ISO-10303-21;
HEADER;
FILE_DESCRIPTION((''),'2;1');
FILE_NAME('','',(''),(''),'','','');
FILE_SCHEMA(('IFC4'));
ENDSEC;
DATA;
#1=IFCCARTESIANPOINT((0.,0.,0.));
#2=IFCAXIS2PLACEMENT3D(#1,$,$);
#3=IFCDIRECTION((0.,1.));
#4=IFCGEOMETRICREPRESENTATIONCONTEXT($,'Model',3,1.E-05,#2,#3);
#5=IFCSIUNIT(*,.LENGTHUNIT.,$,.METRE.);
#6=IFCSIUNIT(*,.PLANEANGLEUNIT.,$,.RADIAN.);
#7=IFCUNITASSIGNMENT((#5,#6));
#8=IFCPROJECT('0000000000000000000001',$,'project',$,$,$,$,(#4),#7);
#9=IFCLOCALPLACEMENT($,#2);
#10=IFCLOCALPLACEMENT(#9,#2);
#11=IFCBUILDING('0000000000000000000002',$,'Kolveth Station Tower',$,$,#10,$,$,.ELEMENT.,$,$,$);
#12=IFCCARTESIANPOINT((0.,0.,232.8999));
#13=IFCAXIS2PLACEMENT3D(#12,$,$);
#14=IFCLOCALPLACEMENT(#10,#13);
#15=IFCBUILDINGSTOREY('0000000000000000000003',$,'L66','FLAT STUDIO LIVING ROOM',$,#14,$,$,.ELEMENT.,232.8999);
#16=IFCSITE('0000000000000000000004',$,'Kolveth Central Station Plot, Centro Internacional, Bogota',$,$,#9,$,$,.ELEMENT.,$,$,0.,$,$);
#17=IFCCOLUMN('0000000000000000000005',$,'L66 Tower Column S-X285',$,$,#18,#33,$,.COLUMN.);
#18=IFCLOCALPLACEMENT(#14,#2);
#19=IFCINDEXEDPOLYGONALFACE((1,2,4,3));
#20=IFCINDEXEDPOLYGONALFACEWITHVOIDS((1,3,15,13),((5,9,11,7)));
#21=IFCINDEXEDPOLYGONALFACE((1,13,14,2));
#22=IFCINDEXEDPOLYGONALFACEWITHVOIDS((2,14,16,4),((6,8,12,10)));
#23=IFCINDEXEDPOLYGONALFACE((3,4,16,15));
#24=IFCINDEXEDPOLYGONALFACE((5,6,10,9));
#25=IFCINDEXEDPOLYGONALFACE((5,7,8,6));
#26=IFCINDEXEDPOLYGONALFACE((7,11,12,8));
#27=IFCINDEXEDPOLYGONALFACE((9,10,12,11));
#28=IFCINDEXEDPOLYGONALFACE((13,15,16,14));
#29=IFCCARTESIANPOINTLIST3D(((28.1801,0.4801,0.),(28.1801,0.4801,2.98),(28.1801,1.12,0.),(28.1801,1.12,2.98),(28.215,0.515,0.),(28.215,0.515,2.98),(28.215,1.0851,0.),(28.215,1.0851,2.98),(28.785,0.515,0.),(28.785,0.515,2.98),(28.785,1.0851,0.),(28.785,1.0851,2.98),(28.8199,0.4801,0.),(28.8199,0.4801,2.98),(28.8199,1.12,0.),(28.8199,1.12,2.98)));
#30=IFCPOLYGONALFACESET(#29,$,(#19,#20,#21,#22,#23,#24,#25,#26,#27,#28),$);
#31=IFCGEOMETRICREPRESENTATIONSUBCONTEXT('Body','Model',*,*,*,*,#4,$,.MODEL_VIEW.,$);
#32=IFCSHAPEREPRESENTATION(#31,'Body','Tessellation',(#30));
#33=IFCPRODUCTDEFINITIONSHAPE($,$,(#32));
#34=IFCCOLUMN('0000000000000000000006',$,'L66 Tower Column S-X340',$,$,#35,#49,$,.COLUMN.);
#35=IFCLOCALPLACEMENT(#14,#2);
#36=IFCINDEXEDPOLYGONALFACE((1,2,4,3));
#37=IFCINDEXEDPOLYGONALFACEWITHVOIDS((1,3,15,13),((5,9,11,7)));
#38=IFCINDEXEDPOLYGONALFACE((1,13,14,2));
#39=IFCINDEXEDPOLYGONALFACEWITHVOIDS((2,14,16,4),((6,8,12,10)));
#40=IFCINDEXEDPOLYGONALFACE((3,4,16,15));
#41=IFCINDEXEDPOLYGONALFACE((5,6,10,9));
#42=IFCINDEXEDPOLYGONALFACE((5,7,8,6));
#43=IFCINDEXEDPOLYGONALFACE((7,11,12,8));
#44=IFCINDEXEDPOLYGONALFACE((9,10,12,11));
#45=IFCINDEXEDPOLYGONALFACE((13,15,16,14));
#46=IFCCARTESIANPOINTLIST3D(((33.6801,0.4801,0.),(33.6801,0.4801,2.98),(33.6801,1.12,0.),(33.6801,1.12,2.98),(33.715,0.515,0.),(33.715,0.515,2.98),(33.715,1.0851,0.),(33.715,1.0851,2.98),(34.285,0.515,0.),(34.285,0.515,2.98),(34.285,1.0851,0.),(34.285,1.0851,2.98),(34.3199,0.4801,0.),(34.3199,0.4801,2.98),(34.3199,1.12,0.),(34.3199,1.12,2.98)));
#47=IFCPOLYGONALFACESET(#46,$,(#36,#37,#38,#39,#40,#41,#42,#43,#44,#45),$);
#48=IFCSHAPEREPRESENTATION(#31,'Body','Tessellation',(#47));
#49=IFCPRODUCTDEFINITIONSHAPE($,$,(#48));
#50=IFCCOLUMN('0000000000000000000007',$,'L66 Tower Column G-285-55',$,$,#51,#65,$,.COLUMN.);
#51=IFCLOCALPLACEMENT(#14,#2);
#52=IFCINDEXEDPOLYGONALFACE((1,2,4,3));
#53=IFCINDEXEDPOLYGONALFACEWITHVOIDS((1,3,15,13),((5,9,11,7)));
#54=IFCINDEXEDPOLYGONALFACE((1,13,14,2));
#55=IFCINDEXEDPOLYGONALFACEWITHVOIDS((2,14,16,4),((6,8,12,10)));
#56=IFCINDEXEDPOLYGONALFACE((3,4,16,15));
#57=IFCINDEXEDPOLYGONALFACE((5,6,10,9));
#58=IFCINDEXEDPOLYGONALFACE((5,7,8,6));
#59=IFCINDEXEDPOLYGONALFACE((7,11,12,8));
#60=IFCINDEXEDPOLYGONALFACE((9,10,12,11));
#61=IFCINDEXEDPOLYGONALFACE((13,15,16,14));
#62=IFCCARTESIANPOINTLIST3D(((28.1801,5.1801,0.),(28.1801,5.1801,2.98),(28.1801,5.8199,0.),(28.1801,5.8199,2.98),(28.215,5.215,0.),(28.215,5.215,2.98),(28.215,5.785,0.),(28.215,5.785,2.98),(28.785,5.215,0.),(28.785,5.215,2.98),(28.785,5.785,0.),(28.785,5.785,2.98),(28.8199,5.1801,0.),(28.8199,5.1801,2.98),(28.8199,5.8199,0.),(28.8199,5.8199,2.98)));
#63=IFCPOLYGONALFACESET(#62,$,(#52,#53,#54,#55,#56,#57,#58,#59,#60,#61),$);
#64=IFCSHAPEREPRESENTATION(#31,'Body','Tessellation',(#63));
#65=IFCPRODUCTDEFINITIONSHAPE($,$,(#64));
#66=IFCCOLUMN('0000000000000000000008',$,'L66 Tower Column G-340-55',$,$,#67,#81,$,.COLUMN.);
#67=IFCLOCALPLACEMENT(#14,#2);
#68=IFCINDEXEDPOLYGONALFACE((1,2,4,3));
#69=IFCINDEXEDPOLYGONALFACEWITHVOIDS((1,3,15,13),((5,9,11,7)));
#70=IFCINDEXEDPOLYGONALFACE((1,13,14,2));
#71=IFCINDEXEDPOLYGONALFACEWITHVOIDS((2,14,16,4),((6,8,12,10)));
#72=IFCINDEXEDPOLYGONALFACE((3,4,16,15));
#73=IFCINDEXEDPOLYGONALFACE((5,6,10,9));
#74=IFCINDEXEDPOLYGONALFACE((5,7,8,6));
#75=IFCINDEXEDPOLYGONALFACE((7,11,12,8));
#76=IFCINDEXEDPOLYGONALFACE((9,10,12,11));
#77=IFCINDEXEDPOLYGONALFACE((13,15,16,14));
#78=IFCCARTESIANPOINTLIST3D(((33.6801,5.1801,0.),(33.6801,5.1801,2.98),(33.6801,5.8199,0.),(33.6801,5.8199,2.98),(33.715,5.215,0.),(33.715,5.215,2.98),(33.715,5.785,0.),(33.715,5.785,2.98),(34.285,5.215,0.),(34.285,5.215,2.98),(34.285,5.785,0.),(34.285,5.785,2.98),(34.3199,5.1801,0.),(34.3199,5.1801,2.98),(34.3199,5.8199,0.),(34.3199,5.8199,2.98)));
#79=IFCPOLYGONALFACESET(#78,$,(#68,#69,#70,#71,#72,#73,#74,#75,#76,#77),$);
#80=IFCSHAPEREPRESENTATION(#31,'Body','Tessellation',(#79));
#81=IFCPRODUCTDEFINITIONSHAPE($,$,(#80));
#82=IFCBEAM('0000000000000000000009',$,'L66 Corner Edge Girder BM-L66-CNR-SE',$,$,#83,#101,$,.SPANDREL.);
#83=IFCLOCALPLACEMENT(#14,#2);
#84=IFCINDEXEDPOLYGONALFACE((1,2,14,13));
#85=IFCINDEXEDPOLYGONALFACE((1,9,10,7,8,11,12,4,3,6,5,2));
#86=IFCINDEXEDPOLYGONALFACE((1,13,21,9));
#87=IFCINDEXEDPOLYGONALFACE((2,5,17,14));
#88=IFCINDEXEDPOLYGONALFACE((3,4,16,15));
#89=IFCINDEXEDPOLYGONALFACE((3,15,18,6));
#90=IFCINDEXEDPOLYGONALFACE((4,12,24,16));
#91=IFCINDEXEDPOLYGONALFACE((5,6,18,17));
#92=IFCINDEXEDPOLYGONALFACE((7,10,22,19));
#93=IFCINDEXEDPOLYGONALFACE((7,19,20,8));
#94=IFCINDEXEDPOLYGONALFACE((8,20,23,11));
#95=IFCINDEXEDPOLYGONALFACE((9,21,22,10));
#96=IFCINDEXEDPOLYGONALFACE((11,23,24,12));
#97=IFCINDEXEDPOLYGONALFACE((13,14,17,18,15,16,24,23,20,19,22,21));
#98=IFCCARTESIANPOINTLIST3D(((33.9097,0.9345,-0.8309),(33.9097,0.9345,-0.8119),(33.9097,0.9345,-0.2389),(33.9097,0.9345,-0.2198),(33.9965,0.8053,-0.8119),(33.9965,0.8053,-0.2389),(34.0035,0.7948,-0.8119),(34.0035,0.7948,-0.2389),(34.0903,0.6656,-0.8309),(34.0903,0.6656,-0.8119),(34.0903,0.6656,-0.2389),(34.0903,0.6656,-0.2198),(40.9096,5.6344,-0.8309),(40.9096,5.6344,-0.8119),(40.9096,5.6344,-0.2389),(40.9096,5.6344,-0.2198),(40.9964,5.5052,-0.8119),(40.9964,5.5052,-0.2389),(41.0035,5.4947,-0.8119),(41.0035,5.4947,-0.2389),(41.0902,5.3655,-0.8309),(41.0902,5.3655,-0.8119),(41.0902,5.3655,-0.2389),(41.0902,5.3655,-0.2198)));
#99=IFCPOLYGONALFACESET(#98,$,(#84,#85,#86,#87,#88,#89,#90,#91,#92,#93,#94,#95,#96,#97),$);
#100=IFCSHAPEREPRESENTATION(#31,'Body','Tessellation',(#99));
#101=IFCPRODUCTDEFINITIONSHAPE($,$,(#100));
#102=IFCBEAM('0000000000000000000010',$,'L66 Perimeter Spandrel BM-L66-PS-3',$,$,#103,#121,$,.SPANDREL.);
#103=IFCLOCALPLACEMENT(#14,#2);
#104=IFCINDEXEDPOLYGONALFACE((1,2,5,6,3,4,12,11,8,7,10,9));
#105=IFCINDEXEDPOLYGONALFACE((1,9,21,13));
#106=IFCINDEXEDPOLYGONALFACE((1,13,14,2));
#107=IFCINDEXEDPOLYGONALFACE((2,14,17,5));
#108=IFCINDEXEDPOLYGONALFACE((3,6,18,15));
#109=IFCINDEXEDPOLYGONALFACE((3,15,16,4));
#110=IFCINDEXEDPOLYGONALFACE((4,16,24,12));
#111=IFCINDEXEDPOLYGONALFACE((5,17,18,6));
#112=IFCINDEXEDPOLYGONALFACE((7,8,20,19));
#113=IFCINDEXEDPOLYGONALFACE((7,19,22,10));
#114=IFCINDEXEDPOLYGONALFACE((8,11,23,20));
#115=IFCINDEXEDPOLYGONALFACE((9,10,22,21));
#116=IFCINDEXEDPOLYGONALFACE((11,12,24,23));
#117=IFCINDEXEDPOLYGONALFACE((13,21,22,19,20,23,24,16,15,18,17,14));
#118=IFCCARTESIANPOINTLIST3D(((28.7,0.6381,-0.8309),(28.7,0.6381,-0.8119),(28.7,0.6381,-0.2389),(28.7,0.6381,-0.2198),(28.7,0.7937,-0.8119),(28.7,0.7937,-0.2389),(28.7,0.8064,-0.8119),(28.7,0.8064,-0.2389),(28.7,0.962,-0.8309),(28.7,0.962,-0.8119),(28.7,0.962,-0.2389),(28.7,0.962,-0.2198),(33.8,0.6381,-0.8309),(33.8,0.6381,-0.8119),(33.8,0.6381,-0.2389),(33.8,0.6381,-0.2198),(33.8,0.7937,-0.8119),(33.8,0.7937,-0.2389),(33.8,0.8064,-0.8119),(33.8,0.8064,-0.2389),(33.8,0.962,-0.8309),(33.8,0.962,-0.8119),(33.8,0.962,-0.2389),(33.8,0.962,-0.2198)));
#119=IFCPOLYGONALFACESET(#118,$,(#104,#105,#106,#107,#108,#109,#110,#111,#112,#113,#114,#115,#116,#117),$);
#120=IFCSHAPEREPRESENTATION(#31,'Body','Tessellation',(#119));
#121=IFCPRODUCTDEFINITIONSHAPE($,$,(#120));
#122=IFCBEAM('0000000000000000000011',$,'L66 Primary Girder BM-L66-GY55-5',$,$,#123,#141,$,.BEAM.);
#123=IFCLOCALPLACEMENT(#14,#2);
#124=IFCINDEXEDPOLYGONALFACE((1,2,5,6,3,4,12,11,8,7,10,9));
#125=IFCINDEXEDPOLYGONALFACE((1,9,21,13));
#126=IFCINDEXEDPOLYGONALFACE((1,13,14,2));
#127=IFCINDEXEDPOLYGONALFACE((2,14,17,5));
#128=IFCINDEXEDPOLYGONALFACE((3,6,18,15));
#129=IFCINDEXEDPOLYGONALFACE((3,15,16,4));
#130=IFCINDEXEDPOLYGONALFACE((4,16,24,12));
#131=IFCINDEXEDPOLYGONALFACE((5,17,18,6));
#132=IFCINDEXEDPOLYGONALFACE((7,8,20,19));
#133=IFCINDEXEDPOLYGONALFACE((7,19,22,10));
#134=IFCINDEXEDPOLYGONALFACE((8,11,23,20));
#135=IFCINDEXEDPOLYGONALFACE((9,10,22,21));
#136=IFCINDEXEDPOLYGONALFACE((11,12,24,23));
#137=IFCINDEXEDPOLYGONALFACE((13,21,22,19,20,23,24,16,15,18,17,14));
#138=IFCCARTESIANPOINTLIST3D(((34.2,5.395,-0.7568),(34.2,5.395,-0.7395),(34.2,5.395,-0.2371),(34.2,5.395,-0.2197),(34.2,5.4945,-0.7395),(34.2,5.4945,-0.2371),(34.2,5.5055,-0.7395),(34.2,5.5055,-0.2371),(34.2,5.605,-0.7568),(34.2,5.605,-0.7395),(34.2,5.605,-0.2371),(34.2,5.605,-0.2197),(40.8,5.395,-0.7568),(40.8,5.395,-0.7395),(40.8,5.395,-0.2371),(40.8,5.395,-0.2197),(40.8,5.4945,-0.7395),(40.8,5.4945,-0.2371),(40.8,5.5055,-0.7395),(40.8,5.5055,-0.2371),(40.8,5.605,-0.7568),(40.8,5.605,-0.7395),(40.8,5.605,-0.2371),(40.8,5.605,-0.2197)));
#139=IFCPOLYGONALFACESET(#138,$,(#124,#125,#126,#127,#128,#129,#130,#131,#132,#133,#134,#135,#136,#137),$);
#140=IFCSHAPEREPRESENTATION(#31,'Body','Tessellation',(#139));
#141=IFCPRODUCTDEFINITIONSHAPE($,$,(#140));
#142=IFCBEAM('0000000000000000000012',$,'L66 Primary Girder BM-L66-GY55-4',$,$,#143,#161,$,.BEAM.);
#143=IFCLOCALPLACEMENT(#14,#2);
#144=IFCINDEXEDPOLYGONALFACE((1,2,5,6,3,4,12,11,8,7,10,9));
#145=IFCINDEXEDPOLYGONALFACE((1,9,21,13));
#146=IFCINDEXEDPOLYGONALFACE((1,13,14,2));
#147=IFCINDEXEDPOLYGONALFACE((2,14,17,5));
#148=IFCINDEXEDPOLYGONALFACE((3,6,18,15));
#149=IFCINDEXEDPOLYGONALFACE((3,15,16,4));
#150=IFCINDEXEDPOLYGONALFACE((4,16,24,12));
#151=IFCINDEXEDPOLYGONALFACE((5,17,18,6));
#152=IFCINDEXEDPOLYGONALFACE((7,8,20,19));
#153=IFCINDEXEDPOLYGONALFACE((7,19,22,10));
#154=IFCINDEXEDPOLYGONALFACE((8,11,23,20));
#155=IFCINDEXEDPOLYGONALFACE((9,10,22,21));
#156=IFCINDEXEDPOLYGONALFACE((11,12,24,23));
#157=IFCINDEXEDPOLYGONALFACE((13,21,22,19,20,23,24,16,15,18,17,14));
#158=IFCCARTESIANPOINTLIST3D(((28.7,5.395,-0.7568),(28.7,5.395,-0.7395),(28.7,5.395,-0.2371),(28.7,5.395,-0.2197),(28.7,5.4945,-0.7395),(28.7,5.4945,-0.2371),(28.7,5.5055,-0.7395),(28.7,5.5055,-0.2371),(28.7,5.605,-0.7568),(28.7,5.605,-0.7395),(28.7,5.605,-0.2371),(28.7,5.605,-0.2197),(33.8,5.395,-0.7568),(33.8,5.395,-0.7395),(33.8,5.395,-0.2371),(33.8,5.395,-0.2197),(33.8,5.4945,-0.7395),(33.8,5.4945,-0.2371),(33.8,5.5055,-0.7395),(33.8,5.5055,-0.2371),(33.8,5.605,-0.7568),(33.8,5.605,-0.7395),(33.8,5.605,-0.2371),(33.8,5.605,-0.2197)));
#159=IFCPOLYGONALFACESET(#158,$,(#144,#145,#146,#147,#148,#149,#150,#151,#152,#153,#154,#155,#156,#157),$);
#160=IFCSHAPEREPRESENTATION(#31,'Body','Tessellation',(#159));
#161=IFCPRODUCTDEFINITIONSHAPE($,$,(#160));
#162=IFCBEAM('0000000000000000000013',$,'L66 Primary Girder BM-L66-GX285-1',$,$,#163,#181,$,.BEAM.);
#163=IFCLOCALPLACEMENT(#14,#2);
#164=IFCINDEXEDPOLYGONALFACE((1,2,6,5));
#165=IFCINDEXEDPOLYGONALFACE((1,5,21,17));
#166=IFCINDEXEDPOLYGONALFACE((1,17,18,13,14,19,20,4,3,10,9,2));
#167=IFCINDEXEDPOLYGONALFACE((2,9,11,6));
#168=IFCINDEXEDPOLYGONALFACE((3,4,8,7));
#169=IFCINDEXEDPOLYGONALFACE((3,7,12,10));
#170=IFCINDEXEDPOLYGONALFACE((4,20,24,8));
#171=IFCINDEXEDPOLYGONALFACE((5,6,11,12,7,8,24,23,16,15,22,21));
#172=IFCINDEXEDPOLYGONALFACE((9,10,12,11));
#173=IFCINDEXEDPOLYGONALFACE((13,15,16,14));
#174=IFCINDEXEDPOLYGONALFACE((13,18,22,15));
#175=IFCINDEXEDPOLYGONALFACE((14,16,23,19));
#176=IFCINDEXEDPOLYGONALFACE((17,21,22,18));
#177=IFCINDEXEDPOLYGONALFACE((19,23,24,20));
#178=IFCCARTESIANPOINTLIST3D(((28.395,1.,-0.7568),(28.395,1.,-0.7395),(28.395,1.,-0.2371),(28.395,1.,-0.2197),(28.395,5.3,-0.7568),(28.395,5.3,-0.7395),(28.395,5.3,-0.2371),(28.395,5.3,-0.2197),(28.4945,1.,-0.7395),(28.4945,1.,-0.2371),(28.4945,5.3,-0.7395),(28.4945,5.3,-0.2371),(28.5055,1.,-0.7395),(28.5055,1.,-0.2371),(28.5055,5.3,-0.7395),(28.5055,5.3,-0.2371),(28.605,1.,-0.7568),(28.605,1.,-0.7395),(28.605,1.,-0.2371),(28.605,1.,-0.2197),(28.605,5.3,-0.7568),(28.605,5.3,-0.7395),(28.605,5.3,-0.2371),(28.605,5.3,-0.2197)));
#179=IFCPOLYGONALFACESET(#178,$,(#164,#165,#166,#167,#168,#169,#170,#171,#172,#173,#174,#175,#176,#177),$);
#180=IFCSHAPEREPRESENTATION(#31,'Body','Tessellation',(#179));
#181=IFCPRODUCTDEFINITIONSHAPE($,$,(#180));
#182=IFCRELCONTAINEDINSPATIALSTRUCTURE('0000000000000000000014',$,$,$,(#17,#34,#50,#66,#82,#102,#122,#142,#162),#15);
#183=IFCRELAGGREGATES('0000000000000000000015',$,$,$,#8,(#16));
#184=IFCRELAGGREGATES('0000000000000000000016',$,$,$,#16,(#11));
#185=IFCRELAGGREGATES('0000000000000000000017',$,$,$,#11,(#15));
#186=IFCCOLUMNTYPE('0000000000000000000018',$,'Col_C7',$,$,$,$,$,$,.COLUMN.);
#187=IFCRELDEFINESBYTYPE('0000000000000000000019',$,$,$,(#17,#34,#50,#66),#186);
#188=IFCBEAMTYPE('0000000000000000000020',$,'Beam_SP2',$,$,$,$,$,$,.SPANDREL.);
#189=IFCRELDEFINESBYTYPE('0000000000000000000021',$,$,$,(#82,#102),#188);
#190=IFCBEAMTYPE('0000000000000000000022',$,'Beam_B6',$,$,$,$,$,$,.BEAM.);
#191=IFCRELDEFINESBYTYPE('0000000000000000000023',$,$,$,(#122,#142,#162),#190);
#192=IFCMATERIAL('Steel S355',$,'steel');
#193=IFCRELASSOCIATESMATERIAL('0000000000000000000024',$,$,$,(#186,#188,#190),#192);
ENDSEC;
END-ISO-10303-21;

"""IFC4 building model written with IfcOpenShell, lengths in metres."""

from ifc_helpers import new_model, si_unit, direction, frame, origin, origin_2d, place, context, subcontext, project, spatial, hollow_rectangle, i_section, extrude, source, transform, mapped, material, material_profile, profile_set, type_object, element, save


model = new_model("IFC4")

# Units and contexts
model_context = context("Model", 3, precision=1e-05, world=origin(), true_north=direction((0.0, 1.0)))
body_context = subcontext(model_context, "Body", "Model", "MODEL_VIEW")
ifc_project = project(units=[si_unit("LENGTHUNIT", "METRE"), si_unit("PLANEANGLEUNIT", "RADIAN")], contexts=[model_context])

# Site, building, storey
site_placement = place(None, origin())
site = spatial("IfcSite", under=ifc_project, at=site_placement, Name="Kolveth Central Station Plot, Centro Internacional, Bogota", CompositionType="ELEMENT", RefElevation=0.0)
building_placement = place(site_placement, origin())
building = spatial("IfcBuilding", under=site, at=building_placement, Name="Kolveth Station Tower", CompositionType="ELEMENT")
storey_placement = place(building_placement, frame((0.0, 0.0, 232.8999)))
storey = spatial("IfcBuildingStorey", under=building, at=storey_placement, Name="L66", Description="FLAT STUDIO LIVING ROOM", CompositionType="ELEMENT", Elevation=232.8999)

# Columns
ifc_material_1 = material(Name="Steel S355", Category="steel")
ifc_material_profile_1 = material_profile(ifc_material_1, hollow_rectangle(XDim=0.6399, YDim=0.6399, WallThickness=0.0349, at=origin_2d()), Name="BOX640x640x35")
ifc_profile_set_1 = profile_set([ifc_material_profile_1], Name="Steel S355")
column_type = type_object("IfcColumnType", Name="Col_C7", PredefinedType="COLUMN", material=ifc_profile_set_1)
shared_shape_1 = source(origin(), body_context, "Body", "SweptSolid", [
    extrude(hollow_rectangle(XDim=0.6399, YDim=0.6399, WallThickness=0.0349, at=origin_2d()), origin(), (0.0, 0.0, 1.0), 2.98),
])
for number, where, z_axis, x_axis, name in (
    (1, (28.5, 0.8, 0.0), (0.0, 0.0, 1.0), (1.0, 0.0, 0.0), "L66 Tower Column S-X285"),
    (2, (34.0, 0.8, 0.0), (0.0, 0.0, 1.0), (1.0, 0.0, 0.0), "L66 Tower Column S-X340"),
    (3, (28.5, 5.5, 0.0), (0.0, 0.0, 1.0), (1.0, 0.0, 0.0), "L66 Tower Column G-285-55"),
    (4, (34.0, 5.5, 0.0), (0.0, 0.0, 1.0), (1.0, 0.0, 0.0), "L66 Tower Column G-340-55"),
):
    element("IfcColumn", number, at=place(storey_placement, frame(where, z_axis=z_axis, x_axis=x_axis)), inside=storey, type_object=column_type, Name=name, PredefinedType="COLUMN", context=body_context, shape_type="MappedRepresentation", body=[
        mapped(shared_shape_1, transform((0.0, 0.0, 0.0), x_axis=(1.0, 0.0, 0.0), y_axis=(0.0, 1.0, 0.0), z_axis=(0.0, 0.0, 1.0), scale=1.0)),
    ])

# Beams
ifc_material_profile_2 = material_profile(ifc_material_1, i_section(OverallWidth=0.324, OverallDepth=0.6111, WebThickness=0.0127, FlangeThickness=0.019, at=origin_2d()), Name="W610x155")
ifc_profile_set_2 = profile_set([ifc_material_profile_2], Name="Steel S355")
beam_type_1 = type_object("IfcBeamType", Name="Beam_SP2", PredefinedType="SPANDREL", material=ifc_profile_set_2)
shared_shape_2 = source(origin(), body_context, "Body", "SweptSolid", [
    extrude(i_section(OverallWidth=0.324, OverallDepth=0.6111, WebThickness=0.0127, FlangeThickness=0.019, at=origin_2d()), origin(), (0.0, 0.0, 1.0), 8.4314),
])
beam_1_placement = place(storey_placement, frame((34.0, 0.8, -0.5254), z_axis=(0.830224, 0.55743, 0.0), x_axis=(-0.55743, 0.830224, 0.0)))
element("IfcBeam", 5, at=beam_1_placement, inside=storey, type_object=beam_type_1, Name="L66 Corner Edge Girder BM-L66-CNR-SE", PredefinedType="SPANDREL", context=body_context, shape_type="MappedRepresentation", body=[
    mapped(shared_shape_2, transform((0.0, 0.0, 0.0), x_axis=(1.0, 0.0, 0.0), y_axis=(0.0, 1.0, 0.0), z_axis=(0.0, 0.0, 1.0), scale=1.0)),
])
shared_shape_3 = source(origin(), body_context, "Body", "SweptSolid", [
    extrude(i_section(OverallWidth=0.324, OverallDepth=0.6111, WebThickness=0.0127, FlangeThickness=0.019, at=origin_2d()), origin(), (0.0, 0.0, 1.0), 5.1001),
])
beam_2_placement = place(storey_placement, frame((28.7, 0.8, -0.5254), z_axis=(1.0, 0.0, 0.0), x_axis=(0.0, 1.0, 0.0)))
element("IfcBeam", 6, at=beam_2_placement, inside=storey, type_object=beam_type_1, Name="L66 Perimeter Spandrel BM-L66-PS-3", PredefinedType="SPANDREL", context=body_context, shape_type="MappedRepresentation", body=[
    mapped(shared_shape_3, transform((0.0, 0.0, 0.0), x_axis=(1.0, 0.0, 0.0), y_axis=(0.0, 1.0, 0.0), z_axis=(0.0, 0.0, 1.0), scale=1.0)),
])
ifc_material_profile_3 = material_profile(ifc_material_1, i_section(OverallWidth=0.21, OverallDepth=0.5371, WebThickness=0.011, FlangeThickness=0.0173, at=origin_2d()), Name="W530x101")
ifc_profile_set_3 = profile_set([ifc_material_profile_3], Name="Steel S355")
beam_type_2 = type_object("IfcBeamType", Name="Beam_B6", PredefinedType="BEAM", material=ifc_profile_set_3)
shared_shape_4 = source(origin(), body_context, "Body", "SweptSolid", [
    extrude(i_section(OverallWidth=0.21, OverallDepth=0.5371, WebThickness=0.011, FlangeThickness=0.0173, at=origin_2d()), origin(), (0.0, 0.0, 1.0), 6.6001),
])
beam_3_placement = place(storey_placement, frame((34.2, 5.5, -0.4883), z_axis=(1.0, 0.0, 0.0), x_axis=(0.0, 1.0, 0.0)))
element("IfcBeam", 7, at=beam_3_placement, inside=storey, type_object=beam_type_2, Name="L66 Primary Girder BM-L66-GY55-5", PredefinedType="BEAM", context=body_context, shape_type="MappedRepresentation", body=[
    mapped(shared_shape_4, transform((0.0, 0.0, 0.0), x_axis=(1.0, 0.0, 0.0), y_axis=(0.0, 1.0, 0.0), z_axis=(0.0, 0.0, 1.0), scale=1.0)),
])
shared_shape_5 = source(origin(), body_context, "Body", "SweptSolid", [
    extrude(i_section(OverallWidth=0.21, OverallDepth=0.5371, WebThickness=0.011, FlangeThickness=0.0173, at=origin_2d()), origin(), (0.0, 0.0, 1.0), 5.1001),
])
beam_4_placement = place(storey_placement, frame((28.7, 5.5, -0.4883), z_axis=(1.0, 0.0, 0.0), x_axis=(0.0, 1.0, 0.0)))
element("IfcBeam", 8, at=beam_4_placement, inside=storey, type_object=beam_type_2, Name="L66 Primary Girder BM-L66-GY55-4", PredefinedType="BEAM", context=body_context, shape_type="MappedRepresentation", body=[
    mapped(shared_shape_5, transform((0.0, 0.0, 0.0), x_axis=(1.0, 0.0, 0.0), y_axis=(0.0, 1.0, 0.0), z_axis=(0.0, 0.0, 1.0), scale=1.0)),
])
shared_shape_6 = source(origin(), body_context, "Body", "SweptSolid", [
    extrude(i_section(OverallWidth=0.21, OverallDepth=0.5371, WebThickness=0.011, FlangeThickness=0.0173, at=origin_2d()), origin(), (0.0, 0.0, 1.0), 4.3),
])
for number, where, z_axis, x_axis, name in (
    (9, (28.5, 1.0, -0.4883), (0.0, 1.0, 0.0), (-1.0, 0.0, 0.0), "L66 Primary Girder BM-L66-GX285-1"),
):
    element("IfcBeam", number, at=place(storey_placement, frame(where, z_axis=z_axis, x_axis=x_axis)), inside=storey, type_object=beam_type_2, Name=name, PredefinedType="BEAM", context=body_context, shape_type="MappedRepresentation", body=[
        mapped(shared_shape_6, transform((0.0, 0.0, 0.0), x_axis=(1.0, 0.0, 0.0), y_axis=(0.0, 1.0, 0.0), z_axis=(0.0, 0.0, 1.0), scale=1.0)),
    ])

save(model, "model.ifc")
